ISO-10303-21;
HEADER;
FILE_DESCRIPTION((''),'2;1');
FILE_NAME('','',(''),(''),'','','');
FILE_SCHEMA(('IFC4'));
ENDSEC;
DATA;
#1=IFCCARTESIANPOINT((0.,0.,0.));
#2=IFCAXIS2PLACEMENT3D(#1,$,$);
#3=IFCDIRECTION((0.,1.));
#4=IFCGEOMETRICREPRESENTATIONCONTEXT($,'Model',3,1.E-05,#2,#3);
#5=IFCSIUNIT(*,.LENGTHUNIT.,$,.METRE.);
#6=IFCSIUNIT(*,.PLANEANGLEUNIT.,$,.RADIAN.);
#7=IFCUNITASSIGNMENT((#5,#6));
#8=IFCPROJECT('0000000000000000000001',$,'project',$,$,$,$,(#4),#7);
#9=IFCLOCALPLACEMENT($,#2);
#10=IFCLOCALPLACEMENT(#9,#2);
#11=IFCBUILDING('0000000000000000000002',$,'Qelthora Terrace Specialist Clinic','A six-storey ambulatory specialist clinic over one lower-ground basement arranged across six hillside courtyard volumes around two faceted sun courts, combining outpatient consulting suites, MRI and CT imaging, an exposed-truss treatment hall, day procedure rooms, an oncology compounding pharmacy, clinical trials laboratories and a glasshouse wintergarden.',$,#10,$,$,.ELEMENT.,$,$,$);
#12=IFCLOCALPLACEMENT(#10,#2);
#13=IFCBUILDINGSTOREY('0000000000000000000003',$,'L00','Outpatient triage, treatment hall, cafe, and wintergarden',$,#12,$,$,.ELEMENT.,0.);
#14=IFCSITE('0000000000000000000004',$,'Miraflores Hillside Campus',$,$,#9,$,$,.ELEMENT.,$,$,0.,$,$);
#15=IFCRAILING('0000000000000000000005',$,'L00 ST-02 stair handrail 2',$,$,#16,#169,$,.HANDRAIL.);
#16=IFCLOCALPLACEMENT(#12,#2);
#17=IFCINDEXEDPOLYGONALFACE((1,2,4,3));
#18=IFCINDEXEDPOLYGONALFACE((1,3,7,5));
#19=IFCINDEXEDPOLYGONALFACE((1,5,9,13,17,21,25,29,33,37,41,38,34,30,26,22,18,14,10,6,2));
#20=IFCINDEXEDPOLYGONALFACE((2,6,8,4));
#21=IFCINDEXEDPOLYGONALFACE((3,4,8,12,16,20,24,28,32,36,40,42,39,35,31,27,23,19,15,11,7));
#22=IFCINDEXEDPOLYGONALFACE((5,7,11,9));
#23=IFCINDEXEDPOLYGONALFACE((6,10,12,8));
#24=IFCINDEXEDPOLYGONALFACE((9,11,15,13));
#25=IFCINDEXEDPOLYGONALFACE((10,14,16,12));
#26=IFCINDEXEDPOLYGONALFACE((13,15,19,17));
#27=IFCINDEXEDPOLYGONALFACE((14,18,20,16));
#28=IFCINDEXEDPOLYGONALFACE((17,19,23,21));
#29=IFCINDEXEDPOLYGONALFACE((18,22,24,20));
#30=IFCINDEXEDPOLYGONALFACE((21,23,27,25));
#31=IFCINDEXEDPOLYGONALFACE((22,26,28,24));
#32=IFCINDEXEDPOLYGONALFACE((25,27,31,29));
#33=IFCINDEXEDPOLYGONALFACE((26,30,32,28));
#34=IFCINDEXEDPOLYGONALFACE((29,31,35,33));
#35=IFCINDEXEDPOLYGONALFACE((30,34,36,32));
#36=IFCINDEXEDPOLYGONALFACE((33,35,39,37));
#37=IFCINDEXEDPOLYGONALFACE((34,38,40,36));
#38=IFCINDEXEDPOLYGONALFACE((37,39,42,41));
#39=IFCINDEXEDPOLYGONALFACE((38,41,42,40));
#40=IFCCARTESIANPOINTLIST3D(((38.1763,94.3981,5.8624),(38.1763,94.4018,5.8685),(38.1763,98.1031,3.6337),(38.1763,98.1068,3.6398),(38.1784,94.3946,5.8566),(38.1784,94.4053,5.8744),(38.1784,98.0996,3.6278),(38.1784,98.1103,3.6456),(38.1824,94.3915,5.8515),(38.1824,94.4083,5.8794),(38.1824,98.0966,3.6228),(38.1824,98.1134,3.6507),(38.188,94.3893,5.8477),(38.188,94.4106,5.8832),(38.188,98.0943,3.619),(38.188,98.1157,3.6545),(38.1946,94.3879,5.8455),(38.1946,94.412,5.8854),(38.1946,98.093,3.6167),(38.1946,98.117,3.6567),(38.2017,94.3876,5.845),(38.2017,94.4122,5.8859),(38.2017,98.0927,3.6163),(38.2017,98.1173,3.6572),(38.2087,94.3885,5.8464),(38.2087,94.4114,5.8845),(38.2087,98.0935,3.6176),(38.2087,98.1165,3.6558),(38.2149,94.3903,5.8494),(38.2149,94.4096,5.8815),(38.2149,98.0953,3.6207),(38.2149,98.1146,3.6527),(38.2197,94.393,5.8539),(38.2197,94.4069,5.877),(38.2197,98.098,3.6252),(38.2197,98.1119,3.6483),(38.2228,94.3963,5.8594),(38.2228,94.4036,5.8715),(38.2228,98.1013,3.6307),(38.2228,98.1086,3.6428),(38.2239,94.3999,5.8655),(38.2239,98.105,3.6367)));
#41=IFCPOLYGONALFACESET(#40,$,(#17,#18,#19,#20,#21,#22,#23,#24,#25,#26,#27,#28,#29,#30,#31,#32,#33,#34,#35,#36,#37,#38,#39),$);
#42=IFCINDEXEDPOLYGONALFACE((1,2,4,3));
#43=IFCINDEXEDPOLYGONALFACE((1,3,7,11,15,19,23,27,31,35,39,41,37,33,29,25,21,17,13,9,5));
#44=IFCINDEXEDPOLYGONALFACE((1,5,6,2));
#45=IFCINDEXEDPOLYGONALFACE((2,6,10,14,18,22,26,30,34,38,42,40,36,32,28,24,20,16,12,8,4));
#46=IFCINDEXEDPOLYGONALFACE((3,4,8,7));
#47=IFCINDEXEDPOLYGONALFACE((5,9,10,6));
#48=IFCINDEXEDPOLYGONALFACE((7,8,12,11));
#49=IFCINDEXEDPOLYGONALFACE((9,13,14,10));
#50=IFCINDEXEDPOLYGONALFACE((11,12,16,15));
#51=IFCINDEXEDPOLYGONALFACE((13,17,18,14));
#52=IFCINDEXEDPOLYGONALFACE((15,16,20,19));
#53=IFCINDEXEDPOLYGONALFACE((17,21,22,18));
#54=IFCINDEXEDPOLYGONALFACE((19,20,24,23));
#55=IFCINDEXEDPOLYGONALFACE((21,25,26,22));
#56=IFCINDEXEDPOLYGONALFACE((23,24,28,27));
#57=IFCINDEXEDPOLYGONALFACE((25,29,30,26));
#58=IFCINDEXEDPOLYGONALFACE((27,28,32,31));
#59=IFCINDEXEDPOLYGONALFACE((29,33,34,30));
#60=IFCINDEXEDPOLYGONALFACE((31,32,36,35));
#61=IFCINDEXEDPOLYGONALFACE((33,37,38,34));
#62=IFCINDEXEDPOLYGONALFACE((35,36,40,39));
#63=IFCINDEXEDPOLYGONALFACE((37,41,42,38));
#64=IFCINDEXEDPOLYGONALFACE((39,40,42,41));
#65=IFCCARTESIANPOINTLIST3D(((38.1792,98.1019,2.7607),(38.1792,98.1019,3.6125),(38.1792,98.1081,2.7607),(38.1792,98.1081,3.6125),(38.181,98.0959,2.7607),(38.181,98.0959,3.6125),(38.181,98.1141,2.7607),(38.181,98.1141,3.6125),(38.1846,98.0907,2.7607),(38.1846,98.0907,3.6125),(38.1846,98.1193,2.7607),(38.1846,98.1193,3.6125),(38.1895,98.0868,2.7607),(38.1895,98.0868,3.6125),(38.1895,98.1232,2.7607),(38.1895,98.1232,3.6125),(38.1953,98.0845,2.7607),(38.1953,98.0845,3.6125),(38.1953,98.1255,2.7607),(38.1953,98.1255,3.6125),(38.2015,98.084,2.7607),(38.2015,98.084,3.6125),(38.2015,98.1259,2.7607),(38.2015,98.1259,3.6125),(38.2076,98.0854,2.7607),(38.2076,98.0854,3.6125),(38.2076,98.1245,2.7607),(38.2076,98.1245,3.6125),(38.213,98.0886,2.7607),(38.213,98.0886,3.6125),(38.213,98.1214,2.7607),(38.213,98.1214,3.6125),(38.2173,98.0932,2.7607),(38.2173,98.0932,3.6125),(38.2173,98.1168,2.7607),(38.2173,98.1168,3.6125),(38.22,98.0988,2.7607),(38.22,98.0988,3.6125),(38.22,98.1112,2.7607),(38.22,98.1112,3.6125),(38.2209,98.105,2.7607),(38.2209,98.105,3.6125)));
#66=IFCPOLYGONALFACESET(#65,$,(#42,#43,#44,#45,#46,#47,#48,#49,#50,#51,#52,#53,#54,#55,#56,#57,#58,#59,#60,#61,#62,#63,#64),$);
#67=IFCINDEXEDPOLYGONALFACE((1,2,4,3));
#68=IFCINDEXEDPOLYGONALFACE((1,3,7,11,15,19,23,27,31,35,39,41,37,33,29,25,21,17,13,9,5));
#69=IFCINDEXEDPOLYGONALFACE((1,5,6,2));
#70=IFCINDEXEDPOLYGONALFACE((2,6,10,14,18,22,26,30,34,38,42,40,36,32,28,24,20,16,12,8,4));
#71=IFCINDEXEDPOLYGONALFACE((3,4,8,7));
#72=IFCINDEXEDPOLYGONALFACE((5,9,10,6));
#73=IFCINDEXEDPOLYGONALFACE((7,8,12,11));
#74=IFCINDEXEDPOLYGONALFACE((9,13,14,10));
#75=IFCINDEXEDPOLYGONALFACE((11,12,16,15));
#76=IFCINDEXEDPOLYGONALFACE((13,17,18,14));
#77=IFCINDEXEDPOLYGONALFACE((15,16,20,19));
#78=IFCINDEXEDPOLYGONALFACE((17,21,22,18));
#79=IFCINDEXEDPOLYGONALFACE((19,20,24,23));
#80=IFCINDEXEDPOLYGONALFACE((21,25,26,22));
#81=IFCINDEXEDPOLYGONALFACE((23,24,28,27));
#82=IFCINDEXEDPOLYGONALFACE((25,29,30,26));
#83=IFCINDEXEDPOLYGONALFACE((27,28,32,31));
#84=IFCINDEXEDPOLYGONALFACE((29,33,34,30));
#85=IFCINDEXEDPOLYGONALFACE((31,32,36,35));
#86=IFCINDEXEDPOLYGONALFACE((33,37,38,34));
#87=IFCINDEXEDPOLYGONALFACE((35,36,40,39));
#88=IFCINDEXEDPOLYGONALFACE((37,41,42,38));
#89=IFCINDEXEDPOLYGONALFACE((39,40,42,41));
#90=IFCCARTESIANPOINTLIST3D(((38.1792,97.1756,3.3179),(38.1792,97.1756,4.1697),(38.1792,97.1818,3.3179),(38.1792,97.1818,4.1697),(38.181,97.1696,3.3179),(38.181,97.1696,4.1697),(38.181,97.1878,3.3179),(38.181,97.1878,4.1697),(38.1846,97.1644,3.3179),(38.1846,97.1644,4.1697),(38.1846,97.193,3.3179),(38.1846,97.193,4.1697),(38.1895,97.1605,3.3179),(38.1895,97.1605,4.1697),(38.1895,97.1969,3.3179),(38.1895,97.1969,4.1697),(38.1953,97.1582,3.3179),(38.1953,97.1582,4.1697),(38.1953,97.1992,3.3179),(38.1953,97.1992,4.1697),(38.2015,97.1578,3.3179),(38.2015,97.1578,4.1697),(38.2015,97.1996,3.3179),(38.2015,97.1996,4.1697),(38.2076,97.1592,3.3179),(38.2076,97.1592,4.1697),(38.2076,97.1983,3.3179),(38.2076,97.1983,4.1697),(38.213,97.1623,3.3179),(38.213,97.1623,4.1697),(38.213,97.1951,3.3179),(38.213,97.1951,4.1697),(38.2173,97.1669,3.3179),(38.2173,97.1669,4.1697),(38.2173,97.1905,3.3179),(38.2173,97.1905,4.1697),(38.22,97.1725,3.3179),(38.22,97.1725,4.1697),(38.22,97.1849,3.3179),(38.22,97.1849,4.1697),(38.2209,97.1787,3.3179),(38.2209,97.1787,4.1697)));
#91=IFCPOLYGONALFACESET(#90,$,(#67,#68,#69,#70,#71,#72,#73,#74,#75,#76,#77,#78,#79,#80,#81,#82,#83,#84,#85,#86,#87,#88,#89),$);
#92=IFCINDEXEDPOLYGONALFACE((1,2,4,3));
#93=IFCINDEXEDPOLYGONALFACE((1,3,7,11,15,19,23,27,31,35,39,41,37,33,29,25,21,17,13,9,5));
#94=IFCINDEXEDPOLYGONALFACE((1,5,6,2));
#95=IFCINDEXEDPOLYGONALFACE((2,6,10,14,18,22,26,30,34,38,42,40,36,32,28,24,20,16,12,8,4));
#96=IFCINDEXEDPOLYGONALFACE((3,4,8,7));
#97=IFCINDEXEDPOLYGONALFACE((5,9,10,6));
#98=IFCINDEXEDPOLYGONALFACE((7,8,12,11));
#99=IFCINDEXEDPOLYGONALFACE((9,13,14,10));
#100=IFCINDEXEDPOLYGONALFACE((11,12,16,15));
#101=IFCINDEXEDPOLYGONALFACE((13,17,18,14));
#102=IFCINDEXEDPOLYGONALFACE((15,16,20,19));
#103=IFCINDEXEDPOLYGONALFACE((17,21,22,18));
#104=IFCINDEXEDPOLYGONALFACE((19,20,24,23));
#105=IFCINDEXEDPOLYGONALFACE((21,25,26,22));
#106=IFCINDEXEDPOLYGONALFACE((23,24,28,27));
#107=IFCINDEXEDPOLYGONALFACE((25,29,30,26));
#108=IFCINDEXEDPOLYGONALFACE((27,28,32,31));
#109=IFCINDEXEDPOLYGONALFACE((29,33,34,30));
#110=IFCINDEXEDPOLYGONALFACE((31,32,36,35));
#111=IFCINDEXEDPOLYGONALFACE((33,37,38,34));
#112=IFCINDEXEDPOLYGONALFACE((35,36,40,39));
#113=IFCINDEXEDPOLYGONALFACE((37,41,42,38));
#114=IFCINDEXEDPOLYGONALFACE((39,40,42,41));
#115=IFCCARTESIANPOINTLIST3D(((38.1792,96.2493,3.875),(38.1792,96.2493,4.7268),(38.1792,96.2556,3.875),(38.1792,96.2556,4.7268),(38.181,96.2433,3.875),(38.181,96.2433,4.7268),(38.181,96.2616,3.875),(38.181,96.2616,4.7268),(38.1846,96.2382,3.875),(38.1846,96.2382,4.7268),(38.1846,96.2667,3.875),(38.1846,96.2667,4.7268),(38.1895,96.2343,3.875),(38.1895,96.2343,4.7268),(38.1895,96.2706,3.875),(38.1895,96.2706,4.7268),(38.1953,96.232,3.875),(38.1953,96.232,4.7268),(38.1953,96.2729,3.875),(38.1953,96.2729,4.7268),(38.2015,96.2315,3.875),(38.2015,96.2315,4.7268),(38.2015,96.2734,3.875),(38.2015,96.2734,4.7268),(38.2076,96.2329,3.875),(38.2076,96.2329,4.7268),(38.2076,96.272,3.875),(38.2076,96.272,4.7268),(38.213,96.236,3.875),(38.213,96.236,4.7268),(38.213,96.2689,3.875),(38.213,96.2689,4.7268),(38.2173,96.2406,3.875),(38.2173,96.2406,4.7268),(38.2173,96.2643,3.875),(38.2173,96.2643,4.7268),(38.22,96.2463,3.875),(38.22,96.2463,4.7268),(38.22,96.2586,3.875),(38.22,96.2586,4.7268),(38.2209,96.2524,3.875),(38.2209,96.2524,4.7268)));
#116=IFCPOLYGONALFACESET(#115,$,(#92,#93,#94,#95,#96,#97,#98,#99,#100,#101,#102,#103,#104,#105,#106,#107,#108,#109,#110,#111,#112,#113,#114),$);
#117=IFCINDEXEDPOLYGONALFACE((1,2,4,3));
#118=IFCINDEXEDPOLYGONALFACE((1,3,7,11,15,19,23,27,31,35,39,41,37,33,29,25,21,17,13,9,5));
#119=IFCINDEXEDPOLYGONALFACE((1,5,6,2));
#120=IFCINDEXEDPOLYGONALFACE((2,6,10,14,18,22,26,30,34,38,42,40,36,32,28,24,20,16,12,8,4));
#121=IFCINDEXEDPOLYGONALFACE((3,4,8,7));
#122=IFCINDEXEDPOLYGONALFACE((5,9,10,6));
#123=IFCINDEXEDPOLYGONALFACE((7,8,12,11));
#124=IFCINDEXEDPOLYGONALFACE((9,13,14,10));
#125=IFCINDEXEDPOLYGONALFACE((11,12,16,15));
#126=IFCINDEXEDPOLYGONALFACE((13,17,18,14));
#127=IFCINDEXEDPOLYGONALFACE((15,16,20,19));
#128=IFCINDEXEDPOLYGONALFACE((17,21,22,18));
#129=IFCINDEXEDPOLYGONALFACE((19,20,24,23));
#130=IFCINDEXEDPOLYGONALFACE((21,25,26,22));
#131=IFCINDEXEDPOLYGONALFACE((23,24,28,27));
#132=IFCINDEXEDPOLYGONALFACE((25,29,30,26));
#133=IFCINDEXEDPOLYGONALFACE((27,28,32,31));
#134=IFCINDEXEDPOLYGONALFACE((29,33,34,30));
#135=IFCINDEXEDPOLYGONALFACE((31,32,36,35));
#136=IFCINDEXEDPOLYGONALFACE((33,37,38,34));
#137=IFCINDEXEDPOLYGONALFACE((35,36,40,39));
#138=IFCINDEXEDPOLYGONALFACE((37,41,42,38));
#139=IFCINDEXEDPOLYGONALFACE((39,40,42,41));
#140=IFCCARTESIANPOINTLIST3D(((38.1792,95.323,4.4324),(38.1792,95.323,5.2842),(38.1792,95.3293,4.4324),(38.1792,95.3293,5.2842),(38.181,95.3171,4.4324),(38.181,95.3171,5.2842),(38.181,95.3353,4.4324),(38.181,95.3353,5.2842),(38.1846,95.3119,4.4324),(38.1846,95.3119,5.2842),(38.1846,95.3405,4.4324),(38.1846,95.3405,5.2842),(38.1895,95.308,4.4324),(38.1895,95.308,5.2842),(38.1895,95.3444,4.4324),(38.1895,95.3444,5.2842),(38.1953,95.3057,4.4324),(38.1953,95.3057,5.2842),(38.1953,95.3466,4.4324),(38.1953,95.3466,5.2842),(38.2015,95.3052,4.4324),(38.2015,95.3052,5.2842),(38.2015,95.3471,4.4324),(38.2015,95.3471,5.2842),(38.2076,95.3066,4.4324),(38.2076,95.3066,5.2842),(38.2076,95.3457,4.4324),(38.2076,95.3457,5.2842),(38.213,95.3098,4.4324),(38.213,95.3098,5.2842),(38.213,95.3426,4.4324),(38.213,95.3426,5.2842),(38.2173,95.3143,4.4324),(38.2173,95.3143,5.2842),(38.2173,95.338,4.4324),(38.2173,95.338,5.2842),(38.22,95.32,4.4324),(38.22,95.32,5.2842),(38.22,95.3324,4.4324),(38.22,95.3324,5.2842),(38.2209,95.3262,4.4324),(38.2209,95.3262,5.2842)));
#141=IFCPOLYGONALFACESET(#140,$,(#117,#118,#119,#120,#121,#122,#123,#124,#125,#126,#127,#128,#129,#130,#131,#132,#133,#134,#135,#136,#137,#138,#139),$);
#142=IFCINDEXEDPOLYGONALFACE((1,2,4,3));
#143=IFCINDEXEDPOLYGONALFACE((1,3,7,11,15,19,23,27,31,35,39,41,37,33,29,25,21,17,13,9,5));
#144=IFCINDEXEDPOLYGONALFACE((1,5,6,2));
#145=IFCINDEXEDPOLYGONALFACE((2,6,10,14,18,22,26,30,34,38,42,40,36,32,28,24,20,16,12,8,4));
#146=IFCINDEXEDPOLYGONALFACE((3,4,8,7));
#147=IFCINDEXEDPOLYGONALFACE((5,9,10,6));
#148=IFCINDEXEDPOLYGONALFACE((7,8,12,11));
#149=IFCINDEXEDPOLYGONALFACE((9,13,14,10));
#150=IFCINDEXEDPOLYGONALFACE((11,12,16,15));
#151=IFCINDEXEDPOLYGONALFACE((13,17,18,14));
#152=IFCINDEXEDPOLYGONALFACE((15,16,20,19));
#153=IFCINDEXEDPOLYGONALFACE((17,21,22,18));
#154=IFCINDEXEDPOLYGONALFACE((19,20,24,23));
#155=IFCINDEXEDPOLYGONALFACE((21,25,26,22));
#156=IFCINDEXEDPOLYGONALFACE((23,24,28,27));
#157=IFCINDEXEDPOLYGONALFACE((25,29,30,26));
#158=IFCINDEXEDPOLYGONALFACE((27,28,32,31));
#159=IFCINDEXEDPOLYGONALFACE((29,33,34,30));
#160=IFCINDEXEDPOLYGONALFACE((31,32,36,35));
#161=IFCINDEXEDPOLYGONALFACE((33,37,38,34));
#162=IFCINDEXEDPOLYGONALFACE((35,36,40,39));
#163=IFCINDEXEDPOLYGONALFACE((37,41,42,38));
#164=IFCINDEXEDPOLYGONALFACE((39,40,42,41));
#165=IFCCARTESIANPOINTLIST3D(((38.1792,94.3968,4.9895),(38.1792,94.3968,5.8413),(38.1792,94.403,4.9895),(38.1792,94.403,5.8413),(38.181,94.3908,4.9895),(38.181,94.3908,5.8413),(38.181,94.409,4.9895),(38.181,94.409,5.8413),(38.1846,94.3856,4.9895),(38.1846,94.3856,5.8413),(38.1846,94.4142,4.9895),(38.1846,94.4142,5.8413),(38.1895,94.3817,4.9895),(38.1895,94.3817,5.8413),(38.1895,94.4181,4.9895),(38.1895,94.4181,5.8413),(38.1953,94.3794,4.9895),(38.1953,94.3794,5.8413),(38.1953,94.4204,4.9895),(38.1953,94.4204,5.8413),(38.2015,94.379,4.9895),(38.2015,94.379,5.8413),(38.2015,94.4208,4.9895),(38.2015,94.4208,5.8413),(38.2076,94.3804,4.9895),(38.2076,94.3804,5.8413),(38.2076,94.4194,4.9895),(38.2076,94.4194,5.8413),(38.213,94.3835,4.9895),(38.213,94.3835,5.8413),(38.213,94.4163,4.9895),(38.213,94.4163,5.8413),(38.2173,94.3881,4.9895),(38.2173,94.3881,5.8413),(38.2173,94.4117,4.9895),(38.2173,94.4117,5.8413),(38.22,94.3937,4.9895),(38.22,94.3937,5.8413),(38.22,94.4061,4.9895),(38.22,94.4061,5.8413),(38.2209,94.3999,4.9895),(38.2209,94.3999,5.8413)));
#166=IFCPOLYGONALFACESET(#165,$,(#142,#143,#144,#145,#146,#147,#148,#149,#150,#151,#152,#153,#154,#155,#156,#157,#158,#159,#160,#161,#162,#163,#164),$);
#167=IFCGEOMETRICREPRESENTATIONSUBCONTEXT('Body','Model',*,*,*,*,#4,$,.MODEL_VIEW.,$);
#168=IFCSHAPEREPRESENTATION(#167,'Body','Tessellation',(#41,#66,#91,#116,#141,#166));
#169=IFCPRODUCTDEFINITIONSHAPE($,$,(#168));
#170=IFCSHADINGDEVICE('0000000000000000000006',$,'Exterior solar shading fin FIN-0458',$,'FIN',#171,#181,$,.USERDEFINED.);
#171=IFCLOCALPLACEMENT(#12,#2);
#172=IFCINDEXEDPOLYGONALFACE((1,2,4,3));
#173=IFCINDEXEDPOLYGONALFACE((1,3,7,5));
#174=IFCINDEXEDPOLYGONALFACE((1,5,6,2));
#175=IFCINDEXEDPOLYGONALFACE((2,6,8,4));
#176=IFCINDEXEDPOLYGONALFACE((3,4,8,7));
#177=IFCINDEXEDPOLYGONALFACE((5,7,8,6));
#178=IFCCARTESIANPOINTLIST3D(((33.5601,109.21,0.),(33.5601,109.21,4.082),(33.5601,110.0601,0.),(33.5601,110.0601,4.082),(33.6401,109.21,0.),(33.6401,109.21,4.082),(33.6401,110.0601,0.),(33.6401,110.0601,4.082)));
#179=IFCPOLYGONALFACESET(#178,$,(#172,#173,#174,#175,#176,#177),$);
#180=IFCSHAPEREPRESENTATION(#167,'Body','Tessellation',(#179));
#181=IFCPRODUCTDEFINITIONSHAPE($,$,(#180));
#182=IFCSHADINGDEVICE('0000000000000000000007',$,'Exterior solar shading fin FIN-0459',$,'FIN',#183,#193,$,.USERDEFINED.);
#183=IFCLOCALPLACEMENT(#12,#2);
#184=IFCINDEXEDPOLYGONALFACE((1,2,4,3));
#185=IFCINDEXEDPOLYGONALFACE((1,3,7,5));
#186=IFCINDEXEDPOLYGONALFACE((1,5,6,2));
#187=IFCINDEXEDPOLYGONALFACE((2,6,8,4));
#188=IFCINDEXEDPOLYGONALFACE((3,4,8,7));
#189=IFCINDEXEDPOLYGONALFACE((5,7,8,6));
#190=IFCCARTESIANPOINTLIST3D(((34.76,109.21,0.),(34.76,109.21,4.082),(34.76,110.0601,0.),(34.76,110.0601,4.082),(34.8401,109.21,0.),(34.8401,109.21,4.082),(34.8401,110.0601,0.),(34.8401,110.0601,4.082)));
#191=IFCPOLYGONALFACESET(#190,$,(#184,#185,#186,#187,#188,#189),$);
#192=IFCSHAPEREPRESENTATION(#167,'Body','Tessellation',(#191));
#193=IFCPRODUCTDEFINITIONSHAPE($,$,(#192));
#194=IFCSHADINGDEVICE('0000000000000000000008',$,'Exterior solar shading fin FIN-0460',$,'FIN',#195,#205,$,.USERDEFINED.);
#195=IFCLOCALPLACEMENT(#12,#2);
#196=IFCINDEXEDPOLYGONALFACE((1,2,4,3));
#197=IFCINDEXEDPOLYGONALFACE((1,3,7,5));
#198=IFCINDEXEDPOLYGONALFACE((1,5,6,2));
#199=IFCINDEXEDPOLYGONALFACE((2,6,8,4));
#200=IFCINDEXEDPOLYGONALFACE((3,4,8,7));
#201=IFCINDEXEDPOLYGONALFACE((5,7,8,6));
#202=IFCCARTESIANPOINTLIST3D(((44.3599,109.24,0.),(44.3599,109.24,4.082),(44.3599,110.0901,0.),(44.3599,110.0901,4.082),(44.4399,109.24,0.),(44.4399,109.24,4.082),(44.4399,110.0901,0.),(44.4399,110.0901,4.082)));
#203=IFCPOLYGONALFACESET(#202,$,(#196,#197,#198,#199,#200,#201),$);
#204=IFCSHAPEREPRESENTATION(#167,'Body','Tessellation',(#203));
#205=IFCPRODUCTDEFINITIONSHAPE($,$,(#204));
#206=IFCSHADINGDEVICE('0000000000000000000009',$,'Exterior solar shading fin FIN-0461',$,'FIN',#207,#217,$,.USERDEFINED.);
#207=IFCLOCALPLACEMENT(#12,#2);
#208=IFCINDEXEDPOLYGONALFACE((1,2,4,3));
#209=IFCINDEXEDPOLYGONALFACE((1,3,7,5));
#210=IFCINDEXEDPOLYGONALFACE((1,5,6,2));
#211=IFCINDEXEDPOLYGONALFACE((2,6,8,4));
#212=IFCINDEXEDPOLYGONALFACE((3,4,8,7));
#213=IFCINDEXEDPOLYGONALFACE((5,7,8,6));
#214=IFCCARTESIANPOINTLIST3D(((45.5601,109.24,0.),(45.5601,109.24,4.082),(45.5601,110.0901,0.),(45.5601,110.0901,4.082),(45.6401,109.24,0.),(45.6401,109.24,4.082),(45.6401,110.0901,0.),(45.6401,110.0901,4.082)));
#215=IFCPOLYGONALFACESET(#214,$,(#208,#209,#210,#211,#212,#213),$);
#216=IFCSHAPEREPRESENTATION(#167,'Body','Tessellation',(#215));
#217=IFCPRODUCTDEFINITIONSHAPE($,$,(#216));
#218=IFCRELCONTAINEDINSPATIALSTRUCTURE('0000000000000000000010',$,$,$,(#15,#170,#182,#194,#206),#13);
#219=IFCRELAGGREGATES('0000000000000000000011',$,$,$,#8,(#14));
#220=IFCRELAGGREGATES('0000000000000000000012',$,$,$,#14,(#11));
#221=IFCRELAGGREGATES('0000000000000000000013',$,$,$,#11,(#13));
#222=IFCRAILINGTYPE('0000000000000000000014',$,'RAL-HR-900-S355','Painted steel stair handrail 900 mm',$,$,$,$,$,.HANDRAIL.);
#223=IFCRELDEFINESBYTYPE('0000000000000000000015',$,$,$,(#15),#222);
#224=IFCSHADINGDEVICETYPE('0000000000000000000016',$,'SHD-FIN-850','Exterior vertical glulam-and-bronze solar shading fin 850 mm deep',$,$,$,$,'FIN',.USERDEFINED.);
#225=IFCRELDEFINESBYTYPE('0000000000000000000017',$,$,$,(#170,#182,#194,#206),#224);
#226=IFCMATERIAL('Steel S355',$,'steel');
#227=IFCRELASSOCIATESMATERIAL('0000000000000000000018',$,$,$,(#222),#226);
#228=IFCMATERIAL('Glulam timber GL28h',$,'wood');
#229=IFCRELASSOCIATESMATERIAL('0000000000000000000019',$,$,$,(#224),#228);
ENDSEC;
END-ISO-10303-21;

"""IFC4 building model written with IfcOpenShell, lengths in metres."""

from ifc_helpers import new_model, si_unit, direction, frame, origin, origin_2d, place, context, subcontext, project, spatial, rectangle, circle, extrude, material, type_object, element, save


model = new_model("IFC4")

# Units and contexts
model_context = context("Model", 3, precision=1e-05, world=origin(), true_north=direction((0.0, 1.0)))
body_context = subcontext(model_context, "Body", "Model", "MODEL_VIEW")
ifc_project = project(units=[si_unit("LENGTHUNIT", "METRE"), si_unit("PLANEANGLEUNIT", "RADIAN")], contexts=[model_context])

# Site, building, storey
site_placement = place(None, origin())
site = spatial("IfcSite", under=ifc_project, at=site_placement, Name="Miraflores Hillside Campus", CompositionType="ELEMENT", RefElevation=0.0)
building_placement = place(site_placement, origin())
building = spatial("IfcBuilding", under=site, at=building_placement, Name="Qelthora Terrace Specialist Clinic", Description="A six-storey ambulatory specialist clinic over one lower-ground basement arranged across six hillside courtyard volumes around two faceted sun courts, combining outpatient consulting suites, MRI and CT imaging, an exposed-truss treatment hall, day procedure rooms, an oncology compounding pharmacy, clinical trials laboratories and a glasshouse wintergarden.", CompositionType="ELEMENT")
storey_placement = place(building_placement, origin())
storey = spatial("IfcBuildingStorey", under=building, at=storey_placement, Name="L00", Description="Outpatient triage, treatment hall, cafe, and wintergarden", CompositionType="ELEMENT", Elevation=0.0)

# Shared definitions
ifc_material_1 = material(Name="Steel S355", Category="steel")

# Railing
railing_type_1 = type_object("IfcRailingType", Name="RAL-HR-900-S355", Description="Painted steel stair handrail 900 mm", PredefinedType="HANDRAIL", material=ifc_material_1)
railing_1_placement = place(storey_placement, frame((38.2, 98.105, 2.7607)))
element("IfcRailing", 1, at=railing_1_placement, inside=storey, type_object=railing_type_1, Name="L00 ST-02 stair handrail 2", PredefinedType="HANDRAIL", context=body_context, shape_type="SweptSolid", body=[
    extrude(circle(Radius=0.0239, at=origin_2d()), frame((0.0, 0.0, 0.876), z_axis=(0.0, -0.856909, 0.515467), x_axis=(1.0, 0.0, 0.0)), (0.0, 0.0, 1.0), 4.3237),
    extrude(circle(Radius=0.021, at=origin_2d()), origin(), (0.0, 0.0, 1.0), 0.8518),
    extrude(circle(Radius=0.021, at=origin_2d()), frame((0.0, -0.9263, 0.5571)), (0.0, 0.0, 1.0), 0.8518),
    extrude(circle(Radius=0.021, at=origin_2d()), frame((0.0, -1.8525, 1.1143)), (0.0, 0.0, 1.0), 0.8518),
    extrude(circle(Radius=0.021, at=origin_2d()), frame((0.0, -2.7788, 1.6716)), (0.0, 0.0, 1.0), 0.8518),
    extrude(circle(Radius=0.021, at=origin_2d()), frame((0.0, -3.7051, 2.2288)), (0.0, 0.0, 1.0), 0.8518),
])

# Shading devices
ifc_material_2 = material(Name="Glulam timber GL28h", Category="wood")
shading_device_type = type_object("IfcShadingDeviceType", Name="SHD-FIN-850", Description="Exterior vertical glulam-and-bronze solar shading fin 850 mm deep", ElementType="FIN", PredefinedType="USERDEFINED", material=ifc_material_2)
for number, where, z_axis, x_axis, name in (
    (2, (33.6001, 109.635, 0.0), (0.0, 0.0, 1.0), (0.0, 1.0, 0.0), "Exterior solar shading fin FIN-0458"),
    (3, (34.8, 109.635, 0.0), (0.0, 0.0, 1.0), (0.0, 1.0, 0.0), "Exterior solar shading fin FIN-0459"),
    (4, (44.3999, 109.665, 0.0), (0.0, 0.0, 1.0), (0.0, 1.0, 0.0), "Exterior solar shading fin FIN-0460"),
    (5, (45.6001, 109.665, 0.0), (0.0, 0.0, 1.0), (0.0, 1.0, 0.0), "Exterior solar shading fin FIN-0461"),
):
    element("IfcShadingDevice", number, at=place(storey_placement, frame(where, z_axis=z_axis, x_axis=x_axis)), inside=storey, type_object=shading_device_type, Name=name, ObjectType="FIN", PredefinedType="USERDEFINED", context=body_context, shape_type="SweptSolid", body=[
        extrude(rectangle(XDim=0.8501, YDim=0.0801, at=origin_2d()), origin(), (0.0, 0.0, 1.0), 4.082),
    ])

save(model, "model.ifc")
